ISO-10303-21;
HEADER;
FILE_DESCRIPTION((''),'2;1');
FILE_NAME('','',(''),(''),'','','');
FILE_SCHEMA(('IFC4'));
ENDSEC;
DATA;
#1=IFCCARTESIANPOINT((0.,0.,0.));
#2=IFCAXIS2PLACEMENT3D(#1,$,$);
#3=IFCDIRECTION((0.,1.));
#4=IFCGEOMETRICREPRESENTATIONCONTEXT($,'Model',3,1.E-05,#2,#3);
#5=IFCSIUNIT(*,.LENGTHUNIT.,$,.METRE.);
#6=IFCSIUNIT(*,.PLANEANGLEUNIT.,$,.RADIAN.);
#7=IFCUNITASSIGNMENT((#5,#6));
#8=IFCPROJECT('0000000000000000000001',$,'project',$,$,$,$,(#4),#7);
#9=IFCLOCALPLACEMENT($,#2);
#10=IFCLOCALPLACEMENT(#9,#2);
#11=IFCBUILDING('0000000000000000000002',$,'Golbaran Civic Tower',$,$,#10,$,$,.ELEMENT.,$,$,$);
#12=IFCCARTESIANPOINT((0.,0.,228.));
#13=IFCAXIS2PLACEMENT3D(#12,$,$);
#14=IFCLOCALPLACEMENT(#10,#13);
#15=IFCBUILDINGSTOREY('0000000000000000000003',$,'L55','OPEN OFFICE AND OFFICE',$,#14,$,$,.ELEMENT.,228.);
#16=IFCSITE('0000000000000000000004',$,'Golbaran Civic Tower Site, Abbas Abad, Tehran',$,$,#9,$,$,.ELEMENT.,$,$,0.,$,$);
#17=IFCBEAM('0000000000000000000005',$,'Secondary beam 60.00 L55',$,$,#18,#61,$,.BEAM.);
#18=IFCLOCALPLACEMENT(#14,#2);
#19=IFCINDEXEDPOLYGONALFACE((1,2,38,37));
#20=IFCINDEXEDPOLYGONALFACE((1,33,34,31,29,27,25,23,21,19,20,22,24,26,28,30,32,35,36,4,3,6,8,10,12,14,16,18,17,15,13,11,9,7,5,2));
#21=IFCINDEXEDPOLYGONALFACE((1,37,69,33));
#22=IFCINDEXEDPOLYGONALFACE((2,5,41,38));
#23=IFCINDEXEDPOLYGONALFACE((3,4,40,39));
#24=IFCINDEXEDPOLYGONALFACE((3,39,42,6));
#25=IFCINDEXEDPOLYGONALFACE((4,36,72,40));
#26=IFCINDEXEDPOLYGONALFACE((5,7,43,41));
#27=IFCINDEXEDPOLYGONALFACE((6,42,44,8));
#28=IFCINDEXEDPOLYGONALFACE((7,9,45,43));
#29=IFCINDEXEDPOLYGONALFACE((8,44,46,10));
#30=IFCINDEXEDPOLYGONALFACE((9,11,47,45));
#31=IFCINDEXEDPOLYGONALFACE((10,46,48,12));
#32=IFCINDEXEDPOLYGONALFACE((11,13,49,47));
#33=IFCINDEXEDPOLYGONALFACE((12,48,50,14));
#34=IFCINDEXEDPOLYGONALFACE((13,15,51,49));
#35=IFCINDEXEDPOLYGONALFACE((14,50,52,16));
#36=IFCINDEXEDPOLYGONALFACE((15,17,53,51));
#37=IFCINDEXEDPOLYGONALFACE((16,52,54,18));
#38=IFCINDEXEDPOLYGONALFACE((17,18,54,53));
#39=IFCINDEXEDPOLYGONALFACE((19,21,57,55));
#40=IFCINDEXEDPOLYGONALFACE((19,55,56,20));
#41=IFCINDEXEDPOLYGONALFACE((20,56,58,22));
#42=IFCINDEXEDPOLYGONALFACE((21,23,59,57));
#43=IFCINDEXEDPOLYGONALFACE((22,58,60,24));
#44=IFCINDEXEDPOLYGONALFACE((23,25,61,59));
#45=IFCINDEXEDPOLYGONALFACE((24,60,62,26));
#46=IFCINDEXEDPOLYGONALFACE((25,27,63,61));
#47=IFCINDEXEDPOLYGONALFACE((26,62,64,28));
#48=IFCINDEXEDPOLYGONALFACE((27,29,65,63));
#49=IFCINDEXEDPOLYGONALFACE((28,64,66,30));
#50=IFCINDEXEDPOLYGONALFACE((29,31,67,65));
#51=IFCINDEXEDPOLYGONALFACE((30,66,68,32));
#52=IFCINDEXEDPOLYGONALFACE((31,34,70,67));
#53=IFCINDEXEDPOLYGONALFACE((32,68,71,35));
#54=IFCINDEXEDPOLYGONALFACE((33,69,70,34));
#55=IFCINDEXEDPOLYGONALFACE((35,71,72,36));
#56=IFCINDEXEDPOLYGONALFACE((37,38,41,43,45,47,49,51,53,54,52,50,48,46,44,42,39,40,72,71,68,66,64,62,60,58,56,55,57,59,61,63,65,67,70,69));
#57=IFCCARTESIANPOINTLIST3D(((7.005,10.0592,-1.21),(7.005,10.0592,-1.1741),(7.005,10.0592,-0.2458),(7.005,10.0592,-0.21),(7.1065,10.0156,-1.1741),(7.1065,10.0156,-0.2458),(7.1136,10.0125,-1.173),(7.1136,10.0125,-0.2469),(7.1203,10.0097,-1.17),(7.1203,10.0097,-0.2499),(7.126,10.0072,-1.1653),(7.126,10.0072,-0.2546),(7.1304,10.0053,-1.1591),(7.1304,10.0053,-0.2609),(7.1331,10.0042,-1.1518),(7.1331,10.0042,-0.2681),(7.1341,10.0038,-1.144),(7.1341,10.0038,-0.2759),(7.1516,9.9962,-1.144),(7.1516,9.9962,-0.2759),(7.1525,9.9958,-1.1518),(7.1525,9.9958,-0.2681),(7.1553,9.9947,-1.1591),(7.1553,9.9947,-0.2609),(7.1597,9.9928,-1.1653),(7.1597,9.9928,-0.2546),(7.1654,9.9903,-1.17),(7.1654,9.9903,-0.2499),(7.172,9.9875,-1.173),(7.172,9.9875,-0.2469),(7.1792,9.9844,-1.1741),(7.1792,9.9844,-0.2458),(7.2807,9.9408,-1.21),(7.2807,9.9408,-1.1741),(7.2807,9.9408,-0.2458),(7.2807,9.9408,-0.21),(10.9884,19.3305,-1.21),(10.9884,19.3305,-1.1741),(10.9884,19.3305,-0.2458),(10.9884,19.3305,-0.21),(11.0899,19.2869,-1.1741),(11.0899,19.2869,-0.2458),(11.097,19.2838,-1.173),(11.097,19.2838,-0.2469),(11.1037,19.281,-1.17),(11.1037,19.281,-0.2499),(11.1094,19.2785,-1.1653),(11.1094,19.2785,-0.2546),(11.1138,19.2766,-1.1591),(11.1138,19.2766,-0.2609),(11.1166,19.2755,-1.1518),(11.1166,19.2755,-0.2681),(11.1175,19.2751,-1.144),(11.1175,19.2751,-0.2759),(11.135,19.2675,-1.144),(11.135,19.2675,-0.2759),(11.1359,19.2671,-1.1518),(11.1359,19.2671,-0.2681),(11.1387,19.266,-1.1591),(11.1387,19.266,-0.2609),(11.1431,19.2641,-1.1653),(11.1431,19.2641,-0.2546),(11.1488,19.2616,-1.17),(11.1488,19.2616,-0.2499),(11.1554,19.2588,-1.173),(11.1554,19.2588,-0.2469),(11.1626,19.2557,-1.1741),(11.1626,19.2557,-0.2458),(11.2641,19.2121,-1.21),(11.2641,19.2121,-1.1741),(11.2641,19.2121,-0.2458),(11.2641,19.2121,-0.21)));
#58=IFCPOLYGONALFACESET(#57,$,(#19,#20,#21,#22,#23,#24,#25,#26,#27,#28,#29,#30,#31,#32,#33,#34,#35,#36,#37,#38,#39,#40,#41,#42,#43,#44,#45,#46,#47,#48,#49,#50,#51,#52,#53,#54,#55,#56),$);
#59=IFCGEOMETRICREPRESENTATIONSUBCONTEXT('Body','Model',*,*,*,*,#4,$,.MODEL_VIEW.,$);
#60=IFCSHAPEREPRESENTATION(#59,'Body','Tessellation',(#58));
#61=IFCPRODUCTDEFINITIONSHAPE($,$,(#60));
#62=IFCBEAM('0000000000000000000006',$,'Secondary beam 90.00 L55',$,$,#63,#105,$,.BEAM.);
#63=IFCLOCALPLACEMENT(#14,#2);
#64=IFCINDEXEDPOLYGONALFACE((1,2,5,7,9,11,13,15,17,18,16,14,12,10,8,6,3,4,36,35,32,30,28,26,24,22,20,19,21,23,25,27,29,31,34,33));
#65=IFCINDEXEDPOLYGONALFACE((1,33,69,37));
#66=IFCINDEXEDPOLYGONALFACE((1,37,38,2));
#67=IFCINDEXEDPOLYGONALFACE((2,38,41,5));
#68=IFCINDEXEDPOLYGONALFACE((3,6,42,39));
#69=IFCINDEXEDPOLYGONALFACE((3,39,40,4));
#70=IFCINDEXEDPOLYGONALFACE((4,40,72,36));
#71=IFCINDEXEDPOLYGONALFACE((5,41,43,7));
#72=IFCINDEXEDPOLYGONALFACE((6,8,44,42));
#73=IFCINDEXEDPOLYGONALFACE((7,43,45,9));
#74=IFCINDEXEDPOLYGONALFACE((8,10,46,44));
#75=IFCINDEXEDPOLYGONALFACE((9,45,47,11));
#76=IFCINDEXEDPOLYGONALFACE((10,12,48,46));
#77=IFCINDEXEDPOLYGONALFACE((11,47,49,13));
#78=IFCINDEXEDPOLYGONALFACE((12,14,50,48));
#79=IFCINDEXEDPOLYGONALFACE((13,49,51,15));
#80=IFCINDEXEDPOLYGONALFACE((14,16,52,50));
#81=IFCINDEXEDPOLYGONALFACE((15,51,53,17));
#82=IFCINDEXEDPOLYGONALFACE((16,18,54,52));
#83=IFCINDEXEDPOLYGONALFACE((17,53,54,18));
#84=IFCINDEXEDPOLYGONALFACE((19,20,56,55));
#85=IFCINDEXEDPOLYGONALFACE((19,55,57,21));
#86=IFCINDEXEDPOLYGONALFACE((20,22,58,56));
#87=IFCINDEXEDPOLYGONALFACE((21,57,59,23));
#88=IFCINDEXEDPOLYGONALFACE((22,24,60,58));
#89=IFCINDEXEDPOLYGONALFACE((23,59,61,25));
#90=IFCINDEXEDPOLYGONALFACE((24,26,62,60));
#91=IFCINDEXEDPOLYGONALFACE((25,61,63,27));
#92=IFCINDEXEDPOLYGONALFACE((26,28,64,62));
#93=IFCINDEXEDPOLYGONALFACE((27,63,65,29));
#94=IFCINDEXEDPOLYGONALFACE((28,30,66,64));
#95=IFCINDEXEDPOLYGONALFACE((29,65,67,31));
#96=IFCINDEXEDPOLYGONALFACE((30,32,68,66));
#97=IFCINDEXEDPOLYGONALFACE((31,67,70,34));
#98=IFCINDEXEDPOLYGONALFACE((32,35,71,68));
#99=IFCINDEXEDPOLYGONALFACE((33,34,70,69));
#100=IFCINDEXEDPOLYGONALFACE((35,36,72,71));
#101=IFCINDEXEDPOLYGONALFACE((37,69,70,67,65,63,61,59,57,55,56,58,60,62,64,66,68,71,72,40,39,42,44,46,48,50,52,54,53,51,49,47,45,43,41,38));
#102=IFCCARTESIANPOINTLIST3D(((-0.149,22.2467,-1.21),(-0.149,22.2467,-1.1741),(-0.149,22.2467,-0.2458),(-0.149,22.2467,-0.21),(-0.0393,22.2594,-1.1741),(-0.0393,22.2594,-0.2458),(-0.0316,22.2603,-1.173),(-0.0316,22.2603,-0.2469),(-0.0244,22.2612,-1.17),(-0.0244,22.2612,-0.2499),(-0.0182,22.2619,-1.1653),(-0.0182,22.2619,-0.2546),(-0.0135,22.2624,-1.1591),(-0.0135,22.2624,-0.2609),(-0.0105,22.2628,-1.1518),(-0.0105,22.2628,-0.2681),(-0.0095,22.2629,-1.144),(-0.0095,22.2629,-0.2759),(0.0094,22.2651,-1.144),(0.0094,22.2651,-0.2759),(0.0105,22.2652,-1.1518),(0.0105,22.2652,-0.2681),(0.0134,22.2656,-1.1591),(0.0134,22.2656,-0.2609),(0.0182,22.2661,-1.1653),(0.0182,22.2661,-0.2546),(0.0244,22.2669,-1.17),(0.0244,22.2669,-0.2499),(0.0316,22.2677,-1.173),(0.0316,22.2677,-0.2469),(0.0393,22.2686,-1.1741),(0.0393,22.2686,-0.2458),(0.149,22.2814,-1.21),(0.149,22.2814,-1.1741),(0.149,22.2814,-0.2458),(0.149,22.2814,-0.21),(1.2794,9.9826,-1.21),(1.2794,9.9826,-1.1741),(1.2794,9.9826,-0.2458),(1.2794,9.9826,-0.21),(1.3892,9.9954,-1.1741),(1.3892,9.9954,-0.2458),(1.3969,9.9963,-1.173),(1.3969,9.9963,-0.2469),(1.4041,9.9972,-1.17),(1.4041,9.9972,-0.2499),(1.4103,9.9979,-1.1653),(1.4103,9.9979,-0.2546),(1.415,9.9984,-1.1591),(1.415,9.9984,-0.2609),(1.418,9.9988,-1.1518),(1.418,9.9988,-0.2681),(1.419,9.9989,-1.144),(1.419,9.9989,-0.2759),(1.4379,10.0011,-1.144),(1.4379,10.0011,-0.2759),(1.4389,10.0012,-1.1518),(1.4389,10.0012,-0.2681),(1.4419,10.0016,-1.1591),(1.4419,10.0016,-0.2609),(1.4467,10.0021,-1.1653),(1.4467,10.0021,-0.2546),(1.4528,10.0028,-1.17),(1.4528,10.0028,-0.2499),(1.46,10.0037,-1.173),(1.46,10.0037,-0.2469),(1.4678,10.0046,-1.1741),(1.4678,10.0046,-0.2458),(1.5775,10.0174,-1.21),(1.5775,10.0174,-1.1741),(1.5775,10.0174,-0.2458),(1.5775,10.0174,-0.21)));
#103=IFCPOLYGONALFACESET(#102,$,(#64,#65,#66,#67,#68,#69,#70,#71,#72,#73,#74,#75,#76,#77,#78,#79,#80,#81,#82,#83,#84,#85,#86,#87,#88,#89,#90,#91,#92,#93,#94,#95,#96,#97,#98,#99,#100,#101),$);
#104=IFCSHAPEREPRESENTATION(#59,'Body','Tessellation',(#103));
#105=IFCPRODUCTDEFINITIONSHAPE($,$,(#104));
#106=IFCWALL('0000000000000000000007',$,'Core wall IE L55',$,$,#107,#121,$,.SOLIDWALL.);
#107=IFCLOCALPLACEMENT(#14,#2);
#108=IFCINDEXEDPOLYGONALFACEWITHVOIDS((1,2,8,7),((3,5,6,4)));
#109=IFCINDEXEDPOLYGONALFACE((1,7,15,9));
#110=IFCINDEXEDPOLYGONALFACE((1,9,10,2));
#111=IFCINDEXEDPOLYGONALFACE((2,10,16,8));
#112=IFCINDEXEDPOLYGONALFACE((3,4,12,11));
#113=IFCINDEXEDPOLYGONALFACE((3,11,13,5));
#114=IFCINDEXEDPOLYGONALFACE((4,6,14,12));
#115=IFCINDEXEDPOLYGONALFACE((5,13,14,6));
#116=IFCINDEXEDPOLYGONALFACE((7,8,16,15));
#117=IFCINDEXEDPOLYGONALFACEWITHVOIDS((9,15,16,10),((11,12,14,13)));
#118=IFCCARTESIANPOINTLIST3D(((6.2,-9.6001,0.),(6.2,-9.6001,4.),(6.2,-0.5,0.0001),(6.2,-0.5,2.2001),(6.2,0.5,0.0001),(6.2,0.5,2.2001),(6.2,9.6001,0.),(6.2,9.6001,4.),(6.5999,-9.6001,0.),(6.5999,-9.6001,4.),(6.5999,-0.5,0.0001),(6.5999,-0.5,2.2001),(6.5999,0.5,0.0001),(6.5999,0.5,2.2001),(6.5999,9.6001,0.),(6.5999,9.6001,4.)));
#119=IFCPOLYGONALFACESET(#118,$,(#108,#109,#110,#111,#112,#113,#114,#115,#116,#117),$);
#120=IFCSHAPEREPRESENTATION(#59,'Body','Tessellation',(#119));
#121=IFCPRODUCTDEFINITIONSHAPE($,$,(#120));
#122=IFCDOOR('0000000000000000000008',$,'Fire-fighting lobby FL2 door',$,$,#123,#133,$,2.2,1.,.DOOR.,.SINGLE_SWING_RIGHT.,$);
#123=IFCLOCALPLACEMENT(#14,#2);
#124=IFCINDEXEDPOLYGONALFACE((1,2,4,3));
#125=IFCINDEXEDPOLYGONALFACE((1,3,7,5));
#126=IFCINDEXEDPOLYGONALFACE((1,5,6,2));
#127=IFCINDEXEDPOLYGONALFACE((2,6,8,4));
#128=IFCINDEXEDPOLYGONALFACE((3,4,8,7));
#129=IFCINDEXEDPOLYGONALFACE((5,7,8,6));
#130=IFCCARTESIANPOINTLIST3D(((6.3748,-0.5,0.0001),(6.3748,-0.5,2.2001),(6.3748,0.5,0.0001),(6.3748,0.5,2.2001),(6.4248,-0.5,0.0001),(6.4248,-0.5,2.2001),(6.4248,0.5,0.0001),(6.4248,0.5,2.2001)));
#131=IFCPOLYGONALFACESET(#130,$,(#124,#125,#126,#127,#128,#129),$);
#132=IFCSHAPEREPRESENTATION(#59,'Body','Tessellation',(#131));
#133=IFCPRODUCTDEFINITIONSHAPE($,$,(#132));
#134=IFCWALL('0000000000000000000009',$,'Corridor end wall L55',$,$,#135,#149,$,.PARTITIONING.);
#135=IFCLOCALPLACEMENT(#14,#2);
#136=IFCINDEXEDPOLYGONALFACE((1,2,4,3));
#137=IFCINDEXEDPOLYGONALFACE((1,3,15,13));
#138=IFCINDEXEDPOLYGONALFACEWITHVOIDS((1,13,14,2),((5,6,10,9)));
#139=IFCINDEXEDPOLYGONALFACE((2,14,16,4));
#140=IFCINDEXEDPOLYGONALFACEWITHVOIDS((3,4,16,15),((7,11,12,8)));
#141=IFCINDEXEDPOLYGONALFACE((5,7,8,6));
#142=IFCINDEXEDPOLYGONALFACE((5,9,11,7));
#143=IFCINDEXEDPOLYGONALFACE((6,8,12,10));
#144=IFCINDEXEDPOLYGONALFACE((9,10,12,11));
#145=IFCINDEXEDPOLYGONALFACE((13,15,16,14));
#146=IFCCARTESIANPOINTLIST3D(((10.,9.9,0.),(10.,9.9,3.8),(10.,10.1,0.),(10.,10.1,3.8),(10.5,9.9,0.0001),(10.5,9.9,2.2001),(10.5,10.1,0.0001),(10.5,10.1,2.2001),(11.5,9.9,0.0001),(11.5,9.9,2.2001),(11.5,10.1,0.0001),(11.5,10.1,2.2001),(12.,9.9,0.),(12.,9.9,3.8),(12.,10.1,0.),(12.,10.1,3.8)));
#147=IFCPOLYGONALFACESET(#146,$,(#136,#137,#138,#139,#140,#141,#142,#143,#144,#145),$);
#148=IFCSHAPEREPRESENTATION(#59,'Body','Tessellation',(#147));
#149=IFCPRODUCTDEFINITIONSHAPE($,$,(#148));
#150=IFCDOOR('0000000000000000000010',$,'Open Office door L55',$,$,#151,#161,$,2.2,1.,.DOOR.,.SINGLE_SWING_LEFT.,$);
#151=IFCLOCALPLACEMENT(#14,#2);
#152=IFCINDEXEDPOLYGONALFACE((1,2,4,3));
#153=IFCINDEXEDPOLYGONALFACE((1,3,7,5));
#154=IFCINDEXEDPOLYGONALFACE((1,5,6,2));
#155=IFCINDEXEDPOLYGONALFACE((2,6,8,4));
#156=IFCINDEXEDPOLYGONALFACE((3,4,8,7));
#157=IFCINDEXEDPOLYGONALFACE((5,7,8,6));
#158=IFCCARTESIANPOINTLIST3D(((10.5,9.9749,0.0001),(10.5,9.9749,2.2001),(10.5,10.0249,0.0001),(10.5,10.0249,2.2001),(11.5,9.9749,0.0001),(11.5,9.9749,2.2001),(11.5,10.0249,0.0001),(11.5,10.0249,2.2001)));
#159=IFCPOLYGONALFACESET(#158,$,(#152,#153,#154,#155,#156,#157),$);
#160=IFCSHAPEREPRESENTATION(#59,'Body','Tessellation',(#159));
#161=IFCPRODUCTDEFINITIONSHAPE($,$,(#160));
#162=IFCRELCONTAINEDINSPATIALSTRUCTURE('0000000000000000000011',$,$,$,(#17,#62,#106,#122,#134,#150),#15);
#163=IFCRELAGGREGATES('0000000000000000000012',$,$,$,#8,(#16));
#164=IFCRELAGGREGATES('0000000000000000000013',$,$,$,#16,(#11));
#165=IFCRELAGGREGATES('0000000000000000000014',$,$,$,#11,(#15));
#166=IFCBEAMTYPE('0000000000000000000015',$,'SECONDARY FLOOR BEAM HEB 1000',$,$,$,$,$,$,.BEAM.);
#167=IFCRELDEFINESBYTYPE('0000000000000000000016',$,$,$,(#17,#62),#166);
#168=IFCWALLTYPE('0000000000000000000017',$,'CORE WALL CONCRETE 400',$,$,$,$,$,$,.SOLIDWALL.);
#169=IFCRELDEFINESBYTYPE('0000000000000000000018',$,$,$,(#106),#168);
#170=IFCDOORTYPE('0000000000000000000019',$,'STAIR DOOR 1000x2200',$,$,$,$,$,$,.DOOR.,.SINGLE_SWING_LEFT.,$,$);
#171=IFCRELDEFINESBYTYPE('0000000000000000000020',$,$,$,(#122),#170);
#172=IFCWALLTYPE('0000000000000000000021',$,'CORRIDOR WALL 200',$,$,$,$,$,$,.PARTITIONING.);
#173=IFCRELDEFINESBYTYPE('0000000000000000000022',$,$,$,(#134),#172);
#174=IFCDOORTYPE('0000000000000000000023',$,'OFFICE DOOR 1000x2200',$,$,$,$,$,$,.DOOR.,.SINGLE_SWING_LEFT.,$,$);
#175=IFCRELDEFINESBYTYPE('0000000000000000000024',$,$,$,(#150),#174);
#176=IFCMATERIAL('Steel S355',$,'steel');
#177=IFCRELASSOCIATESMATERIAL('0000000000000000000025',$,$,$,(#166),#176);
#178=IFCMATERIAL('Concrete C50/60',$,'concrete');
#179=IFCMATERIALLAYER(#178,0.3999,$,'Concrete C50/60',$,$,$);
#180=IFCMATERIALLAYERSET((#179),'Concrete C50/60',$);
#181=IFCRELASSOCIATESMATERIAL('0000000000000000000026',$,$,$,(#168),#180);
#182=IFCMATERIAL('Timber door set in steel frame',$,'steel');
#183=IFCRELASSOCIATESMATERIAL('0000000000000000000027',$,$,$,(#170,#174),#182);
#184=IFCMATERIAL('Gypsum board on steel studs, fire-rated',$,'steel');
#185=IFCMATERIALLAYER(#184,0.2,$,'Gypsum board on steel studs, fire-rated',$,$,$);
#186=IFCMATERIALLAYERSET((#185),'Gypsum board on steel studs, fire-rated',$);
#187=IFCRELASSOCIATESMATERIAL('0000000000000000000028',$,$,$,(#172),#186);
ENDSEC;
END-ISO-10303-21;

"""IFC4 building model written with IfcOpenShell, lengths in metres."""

from ifc_helpers import new_model, si_unit, direction, frame, frame_2d, origin, origin_2d, place, context, subcontext, project, spatial, rectangle, i_section, extrude, material, layer, layer_set, material_profile, profile_set, type_object, element, fill, save


model = new_model("IFC4")

# Units and contexts
model_context = context("Model", 3, precision=1e-05, world=origin(), true_north=direction((0.0, 1.0)))
body_context = subcontext(model_context, "Body", "Model", "MODEL_VIEW")
ifc_project = project(units=[si_unit("LENGTHUNIT", "METRE"), si_unit("PLANEANGLEUNIT", "RADIAN")], contexts=[model_context])

# Site, building, storey
site_placement = place(None, origin())
site = spatial("IfcSite", under=ifc_project, at=site_placement, Name="Golbaran Civic Tower Site, Abbas Abad, Tehran", CompositionType="ELEMENT", RefElevation=0.0)
building_placement = place(site_placement, origin())
building = spatial("IfcBuilding", under=site, at=building_placement, Name="Golbaran Civic Tower", CompositionType="ELEMENT")
storey_placement = place(building_placement, frame((0.0, 0.0, 228.0)))
storey = spatial("IfcBuildingStorey", under=building, at=storey_placement, Name="L55", Description="OPEN OFFICE AND OFFICE", CompositionType="ELEMENT", Elevation=228.0)

# Beams
ifc_material_1 = material(Name="Steel S355", Category="steel")
ifc_material_profile_1 = material_profile(ifc_material_1, i_section(OverallWidth=0.3, OverallDepth=1.0, WebThickness=0.019, FlangeThickness=0.0359, FilletRadius=0.03, at=origin_2d()), Name="HEB 1000")
ifc_profile_set_1 = profile_set([ifc_material_profile_1], Name="Steel S355")
beam_type_1 = type_object("IfcBeamType", Name="SECONDARY FLOOR BEAM HEB 1000", PredefinedType="BEAM", material=ifc_profile_set_1)
beam_1_placement = place(storey_placement, frame((7.1428, 10.0, -0.71), z_axis=(0.394757, 0.918785, 0.0), x_axis=(-0.918785, 0.394757, 0.0)))
element("IfcBeam", 1, at=beam_1_placement, inside=storey, type_object=beam_type_1, Name="Secondary beam 60.00 L55", PredefinedType="BEAM", context=body_context, shape_type="SweptSolid", body=[
    extrude(i_section(OverallWidth=0.3, OverallDepth=1.0, WebThickness=0.019, FlangeThickness=0.0359, FilletRadius=0.03, at=origin_2d()), origin(), (0.0, 0.0, 1.0), 10.0908),
])
beam_2_placement = place(storey_placement, frame((1.4285, 10.0, -0.71), z_axis=(-0.115695, 0.993285, 0.0), x_axis=(-0.993285, -0.115695, 0.0)))
element("IfcBeam", 2, at=beam_2_placement, inside=storey, type_object=beam_type_1, Name="Secondary beam 90.00 L55", PredefinedType="BEAM", context=body_context, shape_type="SweptSolid", body=[
    extrude(i_section(OverallWidth=0.3, OverallDepth=1.0, WebThickness=0.019, FlangeThickness=0.0359, FilletRadius=0.03, at=origin_2d()), origin(), (0.0, 0.0, 1.0), 12.3469),
])

# Walls, openings, doors
ifc_material_2 = material(Name="Concrete C50/60", Category="concrete")
ifc_layer_1 = layer(ifc_material_2, 0.3999, Name="Concrete C50/60")
ifc_layer_set_1 = layer_set([ifc_layer_1], Name="Concrete C50/60")
wall_type_1 = type_object("IfcWallType", Name="CORE WALL CONCRETE 400", PredefinedType="SOLIDWALL", material=ifc_layer_set_1)
wall_1_placement = place(storey_placement, frame((6.3999, 9.6001, 0.0), z_axis=(0.0, 0.0, 1.0), x_axis=(0.0, -1.0, 0.0)))
wall_1 = element("IfcWall", 3, at=wall_1_placement, inside=storey, type_object=wall_type_1, Name="Core wall IE L55", PredefinedType="SOLIDWALL", context=body_context, shape_type="SweptSolid", body=[
    extrude(rectangle(XDim=19.2002, YDim=0.3999, at=frame_2d((9.6001, 0.0))), origin(), (0.0, 0.0, 1.0), 4.0),
])
opening_1_placement = place(wall_1_placement, frame((9.1001, 0.0, 0.0)))
opening_1 = element("IfcOpeningElement", 4, at=opening_1_placement, cuts=wall_1, PredefinedType="OPENING", context=body_context, shape_type="SweptSolid", body=[
    extrude(rectangle(XDim=1.0, YDim=2.2, at=frame_2d((0.5, 1.1001))), frame((0.0, 0.21, 0.0), z_axis=(0.0, -1.0, 0.0), x_axis=(1.0, 0.0, 0.0)), (0.0, 0.0, 1.0), 0.4199),
])
ifc_material_3 = material(Name="Timber door set in steel frame", Category="steel")
door_type_1 = type_object("IfcDoorType", Name="STAIR DOOR 1000x2200", OperationType="SINGLE_SWING_LEFT", PredefinedType="DOOR", material=ifc_material_3)
door_1_placement = place(opening_1_placement, origin())
door_1 = element("IfcDoor", 5, at=door_1_placement, inside=storey, type_object=door_type_1, Name="Fire-fighting lobby FL2 door", OperationType="SINGLE_SWING_RIGHT", OverallHeight=2.2, OverallWidth=1.0, PredefinedType="DOOR", context=body_context, shape_type="SweptSolid", body=[
    extrude(rectangle(XDim=1.0, YDim=2.2, at=frame_2d((0.5, 1.1001))), frame((0.0, 0.0249, 0.0), z_axis=(0.0, -1.0, 0.0), x_axis=(1.0, 0.0, 0.0)), (0.0, 0.0, 1.0), 0.05),
])
fill(opening_1, door_1)
ifc_material_4 = material(Name="Gypsum board on steel studs, fire-rated", Category="steel")
ifc_layer_2 = layer(ifc_material_4, 0.2, Name="Gypsum board on steel studs, fire-rated")
ifc_layer_set_2 = layer_set([ifc_layer_2], Name="Gypsum board on steel studs, fire-rated")
wall_type_2 = type_object("IfcWallType", Name="CORRIDOR WALL 200", PredefinedType="PARTITIONING", material=ifc_layer_set_2)
wall_2_placement = place(storey_placement, frame((10.0, 10.0, 0.0), z_axis=(0.0, 0.0, 1.0), x_axis=(1.0, 0.0, 0.0)))
wall_2 = element("IfcWall", 6, at=wall_2_placement, inside=storey, type_object=wall_type_2, Name="Corridor end wall L55", PredefinedType="PARTITIONING", context=body_context, shape_type="SweptSolid", body=[
    extrude(rectangle(XDim=2.0, YDim=0.2, at=frame_2d((1.0, 0.0))), origin(), (0.0, 0.0, 1.0), 3.8),
])
opening_2_placement = place(wall_2_placement, frame((0.5, 0.0, 0.0)))
opening_2 = element("IfcOpeningElement", 7, at=opening_2_placement, cuts=wall_2, PredefinedType="OPENING", context=body_context, shape_type="SweptSolid", body=[
    extrude(rectangle(XDim=1.0, YDim=2.2, at=frame_2d((0.5, 1.1001))), frame((0.0, 0.1099, 0.0), z_axis=(0.0, -1.0, 0.0), x_axis=(1.0, 0.0, 0.0)), (0.0, 0.0, 1.0), 0.22),
])
door_type_2 = type_object("IfcDoorType", Name="OFFICE DOOR 1000x2200", OperationType="SINGLE_SWING_LEFT", PredefinedType="DOOR", material=ifc_material_3)
door_2_placement = place(opening_2_placement, origin())
door_2 = element("IfcDoor", 8, at=door_2_placement, inside=storey, type_object=door_type_2, Name="Open Office door L55", OperationType="SINGLE_SWING_LEFT", OverallHeight=2.2, OverallWidth=1.0, PredefinedType="DOOR", context=body_context, shape_type="SweptSolid", body=[
    extrude(rectangle(XDim=1.0, YDim=2.2, at=frame_2d((0.5, 1.1001))), frame((0.0, 0.0249, 0.0), z_axis=(0.0, -1.0, 0.0), x_axis=(1.0, 0.0, 0.0)), (0.0, 0.0, 1.0), 0.05),
])
fill(opening_2, door_2)

save(model, "model.ifc")
